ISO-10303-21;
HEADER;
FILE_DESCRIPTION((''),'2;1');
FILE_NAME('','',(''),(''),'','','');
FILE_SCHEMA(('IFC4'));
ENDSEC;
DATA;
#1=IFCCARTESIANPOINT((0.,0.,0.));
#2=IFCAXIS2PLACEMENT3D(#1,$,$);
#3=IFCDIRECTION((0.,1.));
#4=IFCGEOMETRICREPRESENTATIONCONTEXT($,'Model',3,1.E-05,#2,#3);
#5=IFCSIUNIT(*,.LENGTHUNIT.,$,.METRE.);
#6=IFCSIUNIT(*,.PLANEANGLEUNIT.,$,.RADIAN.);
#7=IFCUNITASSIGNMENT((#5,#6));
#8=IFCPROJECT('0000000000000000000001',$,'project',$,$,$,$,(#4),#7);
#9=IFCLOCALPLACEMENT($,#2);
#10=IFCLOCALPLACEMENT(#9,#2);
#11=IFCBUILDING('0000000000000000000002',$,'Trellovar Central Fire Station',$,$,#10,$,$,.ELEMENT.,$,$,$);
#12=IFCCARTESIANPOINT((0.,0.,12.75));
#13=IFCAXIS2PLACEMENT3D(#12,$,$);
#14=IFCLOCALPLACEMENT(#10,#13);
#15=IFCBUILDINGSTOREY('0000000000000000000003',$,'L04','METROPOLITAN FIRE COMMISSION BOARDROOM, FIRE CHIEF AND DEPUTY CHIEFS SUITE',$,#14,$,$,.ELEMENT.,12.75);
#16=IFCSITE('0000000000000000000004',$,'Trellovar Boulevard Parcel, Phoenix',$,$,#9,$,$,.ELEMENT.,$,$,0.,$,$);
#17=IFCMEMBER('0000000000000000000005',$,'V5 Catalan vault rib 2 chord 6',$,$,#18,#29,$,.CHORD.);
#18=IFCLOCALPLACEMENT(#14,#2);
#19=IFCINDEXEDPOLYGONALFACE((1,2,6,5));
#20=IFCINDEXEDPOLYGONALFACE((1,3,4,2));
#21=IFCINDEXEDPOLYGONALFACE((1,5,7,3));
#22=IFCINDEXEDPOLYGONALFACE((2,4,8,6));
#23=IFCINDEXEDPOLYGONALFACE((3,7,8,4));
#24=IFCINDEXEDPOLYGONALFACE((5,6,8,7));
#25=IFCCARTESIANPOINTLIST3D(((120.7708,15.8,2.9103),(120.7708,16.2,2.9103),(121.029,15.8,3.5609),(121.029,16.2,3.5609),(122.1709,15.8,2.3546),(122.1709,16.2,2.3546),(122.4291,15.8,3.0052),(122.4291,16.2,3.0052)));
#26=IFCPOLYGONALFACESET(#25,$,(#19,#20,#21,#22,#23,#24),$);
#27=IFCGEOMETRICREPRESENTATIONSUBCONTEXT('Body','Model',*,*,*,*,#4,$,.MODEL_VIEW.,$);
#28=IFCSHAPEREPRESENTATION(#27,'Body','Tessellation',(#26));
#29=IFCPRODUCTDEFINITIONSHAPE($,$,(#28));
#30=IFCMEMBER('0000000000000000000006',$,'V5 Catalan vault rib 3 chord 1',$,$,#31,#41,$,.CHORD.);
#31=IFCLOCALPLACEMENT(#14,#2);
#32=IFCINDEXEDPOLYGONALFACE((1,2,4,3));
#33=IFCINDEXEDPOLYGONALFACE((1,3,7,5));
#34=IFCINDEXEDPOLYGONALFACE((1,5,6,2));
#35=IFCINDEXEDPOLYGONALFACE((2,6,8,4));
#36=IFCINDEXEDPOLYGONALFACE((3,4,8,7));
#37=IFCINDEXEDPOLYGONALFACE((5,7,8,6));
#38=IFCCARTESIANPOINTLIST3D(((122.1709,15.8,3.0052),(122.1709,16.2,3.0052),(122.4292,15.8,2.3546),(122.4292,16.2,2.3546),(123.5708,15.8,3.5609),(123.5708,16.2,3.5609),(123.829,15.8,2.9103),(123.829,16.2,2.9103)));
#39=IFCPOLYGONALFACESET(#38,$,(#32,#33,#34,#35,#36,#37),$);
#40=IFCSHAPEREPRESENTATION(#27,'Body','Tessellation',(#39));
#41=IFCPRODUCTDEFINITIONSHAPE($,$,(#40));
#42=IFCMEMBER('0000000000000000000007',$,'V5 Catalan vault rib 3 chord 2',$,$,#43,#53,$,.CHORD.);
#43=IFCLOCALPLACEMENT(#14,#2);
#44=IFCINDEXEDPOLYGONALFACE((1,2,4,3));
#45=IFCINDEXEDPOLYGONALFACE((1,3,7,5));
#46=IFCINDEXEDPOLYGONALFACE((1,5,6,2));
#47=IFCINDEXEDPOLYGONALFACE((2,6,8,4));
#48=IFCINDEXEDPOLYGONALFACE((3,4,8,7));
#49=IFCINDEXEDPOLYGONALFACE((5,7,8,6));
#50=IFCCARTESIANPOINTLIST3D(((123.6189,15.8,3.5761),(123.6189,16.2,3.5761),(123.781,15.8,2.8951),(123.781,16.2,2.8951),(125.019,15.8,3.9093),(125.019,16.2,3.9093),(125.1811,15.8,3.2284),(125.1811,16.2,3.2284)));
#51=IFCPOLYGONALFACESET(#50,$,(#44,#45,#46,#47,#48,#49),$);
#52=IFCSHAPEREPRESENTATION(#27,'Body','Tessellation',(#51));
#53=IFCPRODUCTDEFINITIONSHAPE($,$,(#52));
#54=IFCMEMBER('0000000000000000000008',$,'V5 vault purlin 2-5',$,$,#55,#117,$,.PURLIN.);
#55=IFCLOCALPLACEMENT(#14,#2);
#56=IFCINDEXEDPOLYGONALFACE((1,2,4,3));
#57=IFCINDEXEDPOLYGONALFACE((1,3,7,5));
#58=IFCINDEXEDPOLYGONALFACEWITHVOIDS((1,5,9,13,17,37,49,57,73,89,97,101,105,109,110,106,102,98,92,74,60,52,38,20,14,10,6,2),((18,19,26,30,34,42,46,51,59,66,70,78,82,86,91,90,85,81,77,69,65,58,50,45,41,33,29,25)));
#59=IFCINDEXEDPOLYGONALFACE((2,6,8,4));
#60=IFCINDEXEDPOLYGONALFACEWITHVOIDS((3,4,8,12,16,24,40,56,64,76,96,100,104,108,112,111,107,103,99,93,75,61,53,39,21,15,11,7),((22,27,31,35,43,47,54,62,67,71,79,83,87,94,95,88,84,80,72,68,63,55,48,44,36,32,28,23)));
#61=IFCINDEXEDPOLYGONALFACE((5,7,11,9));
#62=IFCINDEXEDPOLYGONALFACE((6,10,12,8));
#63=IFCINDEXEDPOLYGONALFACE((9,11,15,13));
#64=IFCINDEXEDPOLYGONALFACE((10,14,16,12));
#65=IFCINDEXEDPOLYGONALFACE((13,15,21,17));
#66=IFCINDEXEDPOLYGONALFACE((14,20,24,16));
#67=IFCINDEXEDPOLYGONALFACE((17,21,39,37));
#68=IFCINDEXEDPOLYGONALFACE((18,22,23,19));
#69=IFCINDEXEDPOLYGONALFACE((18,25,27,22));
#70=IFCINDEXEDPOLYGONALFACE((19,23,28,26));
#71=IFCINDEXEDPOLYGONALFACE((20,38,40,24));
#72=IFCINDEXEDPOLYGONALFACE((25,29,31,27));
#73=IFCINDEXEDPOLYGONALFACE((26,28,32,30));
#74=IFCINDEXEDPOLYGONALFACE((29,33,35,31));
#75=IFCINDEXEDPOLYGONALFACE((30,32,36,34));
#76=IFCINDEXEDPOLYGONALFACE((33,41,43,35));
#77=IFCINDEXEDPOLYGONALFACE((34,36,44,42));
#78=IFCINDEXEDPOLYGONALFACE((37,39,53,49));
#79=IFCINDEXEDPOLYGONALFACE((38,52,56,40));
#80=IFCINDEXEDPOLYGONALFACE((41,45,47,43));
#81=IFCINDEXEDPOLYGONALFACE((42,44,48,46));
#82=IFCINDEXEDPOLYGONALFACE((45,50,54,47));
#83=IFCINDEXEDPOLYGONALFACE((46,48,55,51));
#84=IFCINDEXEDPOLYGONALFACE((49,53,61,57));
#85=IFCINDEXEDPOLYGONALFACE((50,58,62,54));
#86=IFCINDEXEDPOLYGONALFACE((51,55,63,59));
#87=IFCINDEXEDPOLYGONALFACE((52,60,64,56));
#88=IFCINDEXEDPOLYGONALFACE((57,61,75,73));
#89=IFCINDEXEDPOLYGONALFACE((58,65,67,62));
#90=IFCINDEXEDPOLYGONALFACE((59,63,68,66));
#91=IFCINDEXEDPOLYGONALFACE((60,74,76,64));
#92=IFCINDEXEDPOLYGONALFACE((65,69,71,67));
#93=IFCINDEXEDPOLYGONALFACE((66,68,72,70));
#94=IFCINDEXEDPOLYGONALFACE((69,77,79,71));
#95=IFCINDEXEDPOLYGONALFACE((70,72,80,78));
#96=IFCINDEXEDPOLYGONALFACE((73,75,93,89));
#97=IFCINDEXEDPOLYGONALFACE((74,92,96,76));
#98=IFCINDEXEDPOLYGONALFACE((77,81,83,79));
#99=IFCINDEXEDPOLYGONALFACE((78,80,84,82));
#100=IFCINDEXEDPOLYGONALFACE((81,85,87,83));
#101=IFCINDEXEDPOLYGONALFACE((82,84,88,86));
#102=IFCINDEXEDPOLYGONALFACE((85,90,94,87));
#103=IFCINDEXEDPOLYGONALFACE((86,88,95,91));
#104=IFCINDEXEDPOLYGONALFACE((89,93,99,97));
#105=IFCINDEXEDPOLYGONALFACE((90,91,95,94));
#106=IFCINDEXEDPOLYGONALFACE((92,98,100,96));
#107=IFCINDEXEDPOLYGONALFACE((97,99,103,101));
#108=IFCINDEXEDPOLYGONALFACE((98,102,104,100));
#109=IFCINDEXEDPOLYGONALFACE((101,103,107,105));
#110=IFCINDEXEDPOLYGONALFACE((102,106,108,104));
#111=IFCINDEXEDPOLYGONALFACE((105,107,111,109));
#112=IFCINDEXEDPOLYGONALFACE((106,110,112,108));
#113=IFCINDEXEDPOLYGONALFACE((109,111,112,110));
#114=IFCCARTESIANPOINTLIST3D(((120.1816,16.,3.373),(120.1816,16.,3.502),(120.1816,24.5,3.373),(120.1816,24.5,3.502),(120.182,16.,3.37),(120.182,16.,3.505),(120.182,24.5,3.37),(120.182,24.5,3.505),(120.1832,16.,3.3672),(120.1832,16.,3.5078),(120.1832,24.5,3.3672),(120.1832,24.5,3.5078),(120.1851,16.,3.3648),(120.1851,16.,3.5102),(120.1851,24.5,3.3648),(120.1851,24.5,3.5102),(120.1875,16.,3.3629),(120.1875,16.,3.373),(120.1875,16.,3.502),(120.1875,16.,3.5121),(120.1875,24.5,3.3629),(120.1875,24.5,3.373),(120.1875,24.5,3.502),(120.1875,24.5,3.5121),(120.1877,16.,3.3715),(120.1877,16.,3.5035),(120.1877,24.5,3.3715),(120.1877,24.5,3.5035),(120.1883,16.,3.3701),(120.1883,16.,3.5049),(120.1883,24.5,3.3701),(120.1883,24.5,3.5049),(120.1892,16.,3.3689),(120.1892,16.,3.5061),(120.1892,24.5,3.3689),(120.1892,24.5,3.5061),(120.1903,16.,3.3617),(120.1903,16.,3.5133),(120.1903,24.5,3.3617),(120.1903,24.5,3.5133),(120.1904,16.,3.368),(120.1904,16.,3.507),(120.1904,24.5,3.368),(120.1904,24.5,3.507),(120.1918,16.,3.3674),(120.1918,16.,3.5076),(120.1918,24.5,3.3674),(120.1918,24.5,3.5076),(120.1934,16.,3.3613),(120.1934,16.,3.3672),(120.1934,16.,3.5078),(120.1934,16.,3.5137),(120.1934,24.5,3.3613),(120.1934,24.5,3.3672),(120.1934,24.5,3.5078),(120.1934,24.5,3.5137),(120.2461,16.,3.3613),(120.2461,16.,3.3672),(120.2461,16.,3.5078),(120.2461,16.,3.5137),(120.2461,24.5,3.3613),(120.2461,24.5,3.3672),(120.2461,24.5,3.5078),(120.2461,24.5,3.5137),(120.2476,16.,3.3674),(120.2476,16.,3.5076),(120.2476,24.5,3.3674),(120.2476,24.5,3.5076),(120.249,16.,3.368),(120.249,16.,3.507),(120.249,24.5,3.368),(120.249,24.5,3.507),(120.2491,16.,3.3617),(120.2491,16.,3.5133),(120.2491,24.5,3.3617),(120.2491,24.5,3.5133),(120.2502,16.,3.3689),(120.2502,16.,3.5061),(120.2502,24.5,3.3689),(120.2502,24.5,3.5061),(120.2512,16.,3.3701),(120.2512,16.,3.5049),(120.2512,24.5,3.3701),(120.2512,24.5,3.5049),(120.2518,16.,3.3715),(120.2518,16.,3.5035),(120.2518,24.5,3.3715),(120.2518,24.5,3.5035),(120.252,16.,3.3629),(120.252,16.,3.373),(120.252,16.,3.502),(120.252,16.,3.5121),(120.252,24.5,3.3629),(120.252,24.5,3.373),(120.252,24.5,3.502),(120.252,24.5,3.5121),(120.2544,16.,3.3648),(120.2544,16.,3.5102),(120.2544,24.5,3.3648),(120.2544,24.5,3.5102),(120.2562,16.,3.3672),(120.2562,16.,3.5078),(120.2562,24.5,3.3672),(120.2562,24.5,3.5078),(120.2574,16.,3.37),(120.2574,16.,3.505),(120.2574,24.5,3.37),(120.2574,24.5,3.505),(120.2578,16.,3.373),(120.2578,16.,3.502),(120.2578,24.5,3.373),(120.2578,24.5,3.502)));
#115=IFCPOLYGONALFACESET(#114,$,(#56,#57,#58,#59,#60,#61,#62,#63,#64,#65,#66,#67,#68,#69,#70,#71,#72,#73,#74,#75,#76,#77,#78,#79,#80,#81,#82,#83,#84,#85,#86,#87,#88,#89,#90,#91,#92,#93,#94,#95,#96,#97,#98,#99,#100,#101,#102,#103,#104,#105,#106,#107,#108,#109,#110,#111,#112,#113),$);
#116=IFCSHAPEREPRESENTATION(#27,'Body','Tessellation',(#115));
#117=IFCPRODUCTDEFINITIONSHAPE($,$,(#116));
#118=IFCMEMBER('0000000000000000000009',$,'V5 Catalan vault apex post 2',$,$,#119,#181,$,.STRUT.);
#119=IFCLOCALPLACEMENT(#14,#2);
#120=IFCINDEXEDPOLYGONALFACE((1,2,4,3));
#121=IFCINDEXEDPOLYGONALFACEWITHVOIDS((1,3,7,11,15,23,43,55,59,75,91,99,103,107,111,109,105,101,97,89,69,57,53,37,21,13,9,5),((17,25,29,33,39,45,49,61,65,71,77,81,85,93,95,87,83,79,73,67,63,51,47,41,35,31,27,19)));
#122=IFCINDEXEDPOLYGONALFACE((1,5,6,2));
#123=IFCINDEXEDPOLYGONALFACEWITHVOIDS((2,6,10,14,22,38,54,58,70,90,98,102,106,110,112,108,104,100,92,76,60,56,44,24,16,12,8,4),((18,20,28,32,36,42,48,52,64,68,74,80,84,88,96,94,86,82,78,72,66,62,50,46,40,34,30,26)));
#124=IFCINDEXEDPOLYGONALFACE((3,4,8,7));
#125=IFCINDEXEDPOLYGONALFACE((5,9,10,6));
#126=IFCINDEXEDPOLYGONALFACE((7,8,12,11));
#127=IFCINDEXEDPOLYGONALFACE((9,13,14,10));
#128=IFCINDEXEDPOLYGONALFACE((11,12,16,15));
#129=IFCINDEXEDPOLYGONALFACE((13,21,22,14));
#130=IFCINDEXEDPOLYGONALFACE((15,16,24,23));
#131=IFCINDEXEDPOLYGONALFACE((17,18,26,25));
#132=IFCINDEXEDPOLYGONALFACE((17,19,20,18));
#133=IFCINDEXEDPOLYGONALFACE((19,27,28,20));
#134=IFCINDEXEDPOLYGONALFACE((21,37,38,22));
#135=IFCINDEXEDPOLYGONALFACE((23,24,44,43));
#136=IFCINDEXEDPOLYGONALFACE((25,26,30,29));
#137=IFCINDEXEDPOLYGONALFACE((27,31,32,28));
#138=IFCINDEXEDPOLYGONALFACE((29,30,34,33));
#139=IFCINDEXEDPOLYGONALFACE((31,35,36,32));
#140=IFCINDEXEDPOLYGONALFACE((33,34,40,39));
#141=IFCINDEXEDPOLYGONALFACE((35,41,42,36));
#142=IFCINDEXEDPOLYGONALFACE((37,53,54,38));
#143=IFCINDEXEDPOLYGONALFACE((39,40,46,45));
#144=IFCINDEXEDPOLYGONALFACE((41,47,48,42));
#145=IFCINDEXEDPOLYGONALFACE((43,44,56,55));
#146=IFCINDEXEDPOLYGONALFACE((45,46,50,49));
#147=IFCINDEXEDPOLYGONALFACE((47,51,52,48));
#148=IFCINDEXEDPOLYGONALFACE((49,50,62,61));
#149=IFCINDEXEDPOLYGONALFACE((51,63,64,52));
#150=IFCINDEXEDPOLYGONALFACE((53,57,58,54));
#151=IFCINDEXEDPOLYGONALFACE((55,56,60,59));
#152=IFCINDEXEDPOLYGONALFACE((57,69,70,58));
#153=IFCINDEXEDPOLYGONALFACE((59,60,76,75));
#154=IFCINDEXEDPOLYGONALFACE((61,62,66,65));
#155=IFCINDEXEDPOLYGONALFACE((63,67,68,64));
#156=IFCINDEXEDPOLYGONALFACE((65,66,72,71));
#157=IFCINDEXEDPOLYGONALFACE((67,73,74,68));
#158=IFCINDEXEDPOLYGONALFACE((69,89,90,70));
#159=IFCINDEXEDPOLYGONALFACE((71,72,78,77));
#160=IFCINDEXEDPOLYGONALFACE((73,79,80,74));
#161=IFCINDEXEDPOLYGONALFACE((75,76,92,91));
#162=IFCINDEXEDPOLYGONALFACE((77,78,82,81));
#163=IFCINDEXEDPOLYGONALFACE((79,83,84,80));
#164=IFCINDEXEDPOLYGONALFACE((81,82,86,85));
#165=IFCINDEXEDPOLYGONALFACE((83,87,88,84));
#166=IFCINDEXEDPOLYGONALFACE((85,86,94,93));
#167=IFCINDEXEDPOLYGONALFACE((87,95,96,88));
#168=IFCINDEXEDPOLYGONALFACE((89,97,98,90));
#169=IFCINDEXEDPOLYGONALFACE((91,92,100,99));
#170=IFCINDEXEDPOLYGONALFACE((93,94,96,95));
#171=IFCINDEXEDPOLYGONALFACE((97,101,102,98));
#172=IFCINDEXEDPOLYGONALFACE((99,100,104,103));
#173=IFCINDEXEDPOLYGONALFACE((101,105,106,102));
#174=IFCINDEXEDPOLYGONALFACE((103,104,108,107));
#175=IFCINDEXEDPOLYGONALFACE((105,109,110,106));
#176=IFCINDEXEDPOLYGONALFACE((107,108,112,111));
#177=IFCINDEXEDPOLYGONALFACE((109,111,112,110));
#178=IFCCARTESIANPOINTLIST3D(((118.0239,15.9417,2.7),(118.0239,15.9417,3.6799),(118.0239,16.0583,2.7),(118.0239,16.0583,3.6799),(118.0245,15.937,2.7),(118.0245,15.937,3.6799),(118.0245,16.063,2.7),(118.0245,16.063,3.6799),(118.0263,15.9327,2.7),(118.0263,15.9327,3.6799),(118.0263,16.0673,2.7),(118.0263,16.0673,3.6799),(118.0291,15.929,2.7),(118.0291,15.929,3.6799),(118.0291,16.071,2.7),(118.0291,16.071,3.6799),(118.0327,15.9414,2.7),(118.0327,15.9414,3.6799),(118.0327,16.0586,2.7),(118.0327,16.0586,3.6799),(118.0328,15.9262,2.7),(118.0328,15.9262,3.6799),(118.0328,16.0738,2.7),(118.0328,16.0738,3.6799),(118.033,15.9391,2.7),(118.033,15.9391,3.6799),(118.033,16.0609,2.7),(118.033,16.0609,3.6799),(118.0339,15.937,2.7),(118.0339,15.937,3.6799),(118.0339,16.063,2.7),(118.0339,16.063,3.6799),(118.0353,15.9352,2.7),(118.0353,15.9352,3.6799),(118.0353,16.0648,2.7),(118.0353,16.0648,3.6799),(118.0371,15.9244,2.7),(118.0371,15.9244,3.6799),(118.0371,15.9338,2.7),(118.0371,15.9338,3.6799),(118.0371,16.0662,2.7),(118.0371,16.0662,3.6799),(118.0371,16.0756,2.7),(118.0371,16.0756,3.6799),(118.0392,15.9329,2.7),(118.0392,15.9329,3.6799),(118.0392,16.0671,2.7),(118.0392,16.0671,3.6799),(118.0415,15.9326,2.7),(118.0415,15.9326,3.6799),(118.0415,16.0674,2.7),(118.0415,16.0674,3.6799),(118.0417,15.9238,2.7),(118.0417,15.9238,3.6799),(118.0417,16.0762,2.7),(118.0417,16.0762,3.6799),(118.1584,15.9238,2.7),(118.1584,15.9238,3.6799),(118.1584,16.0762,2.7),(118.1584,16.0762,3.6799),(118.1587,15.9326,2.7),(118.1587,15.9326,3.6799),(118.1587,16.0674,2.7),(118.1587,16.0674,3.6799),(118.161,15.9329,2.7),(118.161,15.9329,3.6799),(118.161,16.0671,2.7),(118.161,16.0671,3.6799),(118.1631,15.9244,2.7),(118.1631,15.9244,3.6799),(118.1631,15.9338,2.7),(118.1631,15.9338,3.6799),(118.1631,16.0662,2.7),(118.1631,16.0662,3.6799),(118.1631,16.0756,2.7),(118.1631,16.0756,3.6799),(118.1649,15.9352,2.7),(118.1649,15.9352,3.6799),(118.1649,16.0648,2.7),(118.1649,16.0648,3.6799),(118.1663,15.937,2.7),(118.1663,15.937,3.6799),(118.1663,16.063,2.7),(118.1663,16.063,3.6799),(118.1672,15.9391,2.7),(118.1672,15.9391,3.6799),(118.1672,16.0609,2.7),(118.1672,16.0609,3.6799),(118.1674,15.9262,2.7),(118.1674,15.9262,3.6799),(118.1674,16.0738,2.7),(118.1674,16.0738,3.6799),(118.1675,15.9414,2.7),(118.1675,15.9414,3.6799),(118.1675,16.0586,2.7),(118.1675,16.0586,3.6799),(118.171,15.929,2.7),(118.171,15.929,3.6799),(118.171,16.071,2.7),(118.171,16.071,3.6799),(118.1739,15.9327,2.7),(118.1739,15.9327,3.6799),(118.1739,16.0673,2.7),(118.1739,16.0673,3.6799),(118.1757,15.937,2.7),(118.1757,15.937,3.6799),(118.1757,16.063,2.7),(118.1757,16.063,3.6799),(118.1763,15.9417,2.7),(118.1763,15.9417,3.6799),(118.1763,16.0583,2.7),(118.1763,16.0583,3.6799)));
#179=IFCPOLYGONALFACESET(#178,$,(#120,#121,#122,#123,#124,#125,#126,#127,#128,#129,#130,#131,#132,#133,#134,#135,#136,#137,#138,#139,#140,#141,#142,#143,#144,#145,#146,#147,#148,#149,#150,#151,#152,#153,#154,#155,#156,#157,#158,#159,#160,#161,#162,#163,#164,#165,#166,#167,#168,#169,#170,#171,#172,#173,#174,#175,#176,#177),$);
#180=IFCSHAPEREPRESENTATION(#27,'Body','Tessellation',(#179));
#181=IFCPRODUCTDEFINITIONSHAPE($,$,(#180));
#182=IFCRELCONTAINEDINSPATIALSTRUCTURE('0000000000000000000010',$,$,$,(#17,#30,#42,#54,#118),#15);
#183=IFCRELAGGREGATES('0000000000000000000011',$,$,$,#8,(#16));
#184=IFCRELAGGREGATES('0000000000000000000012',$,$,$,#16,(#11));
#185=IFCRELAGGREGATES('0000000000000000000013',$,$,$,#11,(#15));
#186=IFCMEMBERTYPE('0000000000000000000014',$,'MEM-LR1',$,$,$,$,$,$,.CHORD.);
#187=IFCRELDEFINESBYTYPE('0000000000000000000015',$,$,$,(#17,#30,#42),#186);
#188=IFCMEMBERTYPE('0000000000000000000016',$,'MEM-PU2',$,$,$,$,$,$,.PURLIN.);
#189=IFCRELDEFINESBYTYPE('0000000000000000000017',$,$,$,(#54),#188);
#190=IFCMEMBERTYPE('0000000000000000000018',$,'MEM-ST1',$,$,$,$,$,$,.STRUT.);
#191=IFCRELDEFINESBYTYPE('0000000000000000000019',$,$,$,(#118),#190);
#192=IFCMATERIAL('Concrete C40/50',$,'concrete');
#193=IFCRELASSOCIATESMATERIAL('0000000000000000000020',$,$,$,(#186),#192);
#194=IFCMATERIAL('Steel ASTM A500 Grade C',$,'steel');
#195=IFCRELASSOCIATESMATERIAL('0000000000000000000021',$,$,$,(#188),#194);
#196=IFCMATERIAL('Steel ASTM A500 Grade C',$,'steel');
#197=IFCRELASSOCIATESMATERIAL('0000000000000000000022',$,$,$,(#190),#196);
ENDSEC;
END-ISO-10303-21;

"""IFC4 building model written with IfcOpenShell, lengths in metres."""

from ifc_helpers import new_model, si_unit, direction, frame, origin, origin_2d, place, context, subcontext, project, spatial, rectangle, hollow_rectangle, extrude, material, material_profile, profile_set, type_object, element, save


model = new_model("IFC4")

# Units and contexts
model_context = context("Model", 3, precision=1e-05, world=origin(), true_north=direction((0.0, 1.0)))
body_context = subcontext(model_context, "Body", "Model", "MODEL_VIEW")
ifc_project = project(units=[si_unit("LENGTHUNIT", "METRE"), si_unit("PLANEANGLEUNIT", "RADIAN")], contexts=[model_context])

# Site, building, storey
site_placement = place(None, origin())
site = spatial("IfcSite", under=ifc_project, at=site_placement, Name="Trellovar Boulevard Parcel, Phoenix", CompositionType="ELEMENT", RefElevation=0.0)
building_placement = place(site_placement, origin())
building = spatial("IfcBuilding", under=site, at=building_placement, Name="Trellovar Central Fire Station", CompositionType="ELEMENT")
storey_placement = place(building_placement, frame((0.0, 0.0, 12.75)))
storey = spatial("IfcBuildingStorey", under=building, at=storey_placement, Name="L04", Description="METROPOLITAN FIRE COMMISSION BOARDROOM, FIRE CHIEF AND DEPUTY CHIEFS SUITE", CompositionType="ELEMENT", Elevation=12.75)

# Members
ifc_material_1 = material(Name="Concrete C40/50", Category="concrete")
ifc_material_profile_1 = material_profile(ifc_material_1, rectangle(XDim=0.3999, YDim=0.7, at=origin_2d()), Name="RC400X700")
ifc_profile_set_1 = profile_set([ifc_material_profile_1], Name="Concrete C40/50")
member_type_1 = type_object("IfcMemberType", Name="MEM-LR1", PredefinedType="CHORD", material=ifc_profile_set_1)
member_1_placement = place(storey_placement, frame((120.8999, 16.0, 3.2356), z_axis=(0.929479, 0.0, -0.368874), x_axis=(0.0, 1.0, 0.0)))
element("IfcMember", 1, at=member_1_placement, inside=storey, type_object=member_type_1, Name="V5 Catalan vault rib 2 chord 6", PredefinedType="CHORD", context=body_context, shape_type="SweptSolid", body=[
    extrude(rectangle(XDim=0.3999, YDim=0.7, at=origin_2d()), origin(), (0.0, 0.0, 1.0), 1.5063),
])
member_2_placement = place(storey_placement, frame((122.3, 16.0, 2.6799), z_axis=(0.929457, 0.0, 0.36893), x_axis=(0.0, 1.0, 0.0)))
element("IfcMember", 2, at=member_2_placement, inside=storey, type_object=member_type_1, Name="V5 Catalan vault rib 3 chord 1", PredefinedType="CHORD", context=body_context, shape_type="SweptSolid", body=[
    extrude(rectangle(XDim=0.3999, YDim=0.7, at=origin_2d()), origin(), (0.0, 0.0, 1.0), 1.5061),
])
member_3_placement = place(storey_placement, frame((123.7, 16.0, 3.2356), z_axis=(0.972824, 0.0, 0.231544), x_axis=(0.0, 1.0, 0.0)))
element("IfcMember", 3, at=member_3_placement, inside=storey, type_object=member_type_1, Name="V5 Catalan vault rib 3 chord 2", PredefinedType="CHORD", context=body_context, shape_type="SweptSolid", body=[
    extrude(rectangle(XDim=0.3999, YDim=0.7, at=origin_2d()), origin(), (0.0, 0.0, 1.0), 1.4392),
])
ifc_material_2 = material(Name="Steel ASTM A500 Grade C", Category="steel")
ifc_material_profile_2 = material_profile(ifc_material_2, hollow_rectangle(XDim=0.0762, YDim=0.1523, WallThickness=0.0059, InnerFilletRadius=0.0059, OuterFilletRadius=0.0117, at=origin_2d()), Name="HSS6X3X1/4")
ifc_profile_set_2 = profile_set([ifc_material_profile_2], Name="Steel ASTM A500 Grade C")
member_type_2 = type_object("IfcMemberType", Name="MEM-PU2", PredefinedType="PURLIN", material=ifc_profile_set_2)
member_4_placement = place(storey_placement, frame((120.2197, 16.0, 3.4375), z_axis=(0.0, 1.0, 0.0), x_axis=(-1.0, 0.0, 0.0)))
element("IfcMember", 4, at=member_4_placement, inside=storey, type_object=member_type_2, Name="V5 vault purlin 2-5", PredefinedType="PURLIN", context=body_context, shape_type="SweptSolid", body=[
    extrude(hollow_rectangle(XDim=0.0762, YDim=0.1523, WallThickness=0.0059, InnerFilletRadius=0.0059, OuterFilletRadius=0.0117, at=origin_2d()), origin(), (0.0, 0.0, 1.0), 8.5),
])
ifc_material_3 = material(Name="Steel ASTM A500 Grade C", Category="steel")
ifc_material_profile_3 = material_profile(ifc_material_3, hollow_rectangle(XDim=0.1523, YDim=0.1523, WallThickness=0.0088, InnerFilletRadius=0.0088, OuterFilletRadius=0.0178, at=origin_2d()), Name="HSS6X6X3/8")
ifc_profile_set_3 = profile_set([ifc_material_profile_3], Name="Steel ASTM A500 Grade C")
member_type_3 = type_object("IfcMemberType", Name="MEM-ST1", PredefinedType="STRUT", material=ifc_profile_set_3)
member_5_placement = place(storey_placement, frame((118.1001, 16.0, 2.7), z_axis=(0.0, 0.0, 1.0), x_axis=(1.0, 0.0, 0.0)))
element("IfcMember", 5, at=member_5_placement, inside=storey, type_object=member_type_3, Name="V5 Catalan vault apex post 2", PredefinedType="STRUT", context=body_context, shape_type="SweptSolid", body=[
    extrude(hollow_rectangle(XDim=0.1523, YDim=0.1523, WallThickness=0.0088, InnerFilletRadius=0.0088, OuterFilletRadius=0.0178, at=origin_2d()), origin(), (0.0, 0.0, 1.0), 0.98),
])

save(model, "model.ifc")
